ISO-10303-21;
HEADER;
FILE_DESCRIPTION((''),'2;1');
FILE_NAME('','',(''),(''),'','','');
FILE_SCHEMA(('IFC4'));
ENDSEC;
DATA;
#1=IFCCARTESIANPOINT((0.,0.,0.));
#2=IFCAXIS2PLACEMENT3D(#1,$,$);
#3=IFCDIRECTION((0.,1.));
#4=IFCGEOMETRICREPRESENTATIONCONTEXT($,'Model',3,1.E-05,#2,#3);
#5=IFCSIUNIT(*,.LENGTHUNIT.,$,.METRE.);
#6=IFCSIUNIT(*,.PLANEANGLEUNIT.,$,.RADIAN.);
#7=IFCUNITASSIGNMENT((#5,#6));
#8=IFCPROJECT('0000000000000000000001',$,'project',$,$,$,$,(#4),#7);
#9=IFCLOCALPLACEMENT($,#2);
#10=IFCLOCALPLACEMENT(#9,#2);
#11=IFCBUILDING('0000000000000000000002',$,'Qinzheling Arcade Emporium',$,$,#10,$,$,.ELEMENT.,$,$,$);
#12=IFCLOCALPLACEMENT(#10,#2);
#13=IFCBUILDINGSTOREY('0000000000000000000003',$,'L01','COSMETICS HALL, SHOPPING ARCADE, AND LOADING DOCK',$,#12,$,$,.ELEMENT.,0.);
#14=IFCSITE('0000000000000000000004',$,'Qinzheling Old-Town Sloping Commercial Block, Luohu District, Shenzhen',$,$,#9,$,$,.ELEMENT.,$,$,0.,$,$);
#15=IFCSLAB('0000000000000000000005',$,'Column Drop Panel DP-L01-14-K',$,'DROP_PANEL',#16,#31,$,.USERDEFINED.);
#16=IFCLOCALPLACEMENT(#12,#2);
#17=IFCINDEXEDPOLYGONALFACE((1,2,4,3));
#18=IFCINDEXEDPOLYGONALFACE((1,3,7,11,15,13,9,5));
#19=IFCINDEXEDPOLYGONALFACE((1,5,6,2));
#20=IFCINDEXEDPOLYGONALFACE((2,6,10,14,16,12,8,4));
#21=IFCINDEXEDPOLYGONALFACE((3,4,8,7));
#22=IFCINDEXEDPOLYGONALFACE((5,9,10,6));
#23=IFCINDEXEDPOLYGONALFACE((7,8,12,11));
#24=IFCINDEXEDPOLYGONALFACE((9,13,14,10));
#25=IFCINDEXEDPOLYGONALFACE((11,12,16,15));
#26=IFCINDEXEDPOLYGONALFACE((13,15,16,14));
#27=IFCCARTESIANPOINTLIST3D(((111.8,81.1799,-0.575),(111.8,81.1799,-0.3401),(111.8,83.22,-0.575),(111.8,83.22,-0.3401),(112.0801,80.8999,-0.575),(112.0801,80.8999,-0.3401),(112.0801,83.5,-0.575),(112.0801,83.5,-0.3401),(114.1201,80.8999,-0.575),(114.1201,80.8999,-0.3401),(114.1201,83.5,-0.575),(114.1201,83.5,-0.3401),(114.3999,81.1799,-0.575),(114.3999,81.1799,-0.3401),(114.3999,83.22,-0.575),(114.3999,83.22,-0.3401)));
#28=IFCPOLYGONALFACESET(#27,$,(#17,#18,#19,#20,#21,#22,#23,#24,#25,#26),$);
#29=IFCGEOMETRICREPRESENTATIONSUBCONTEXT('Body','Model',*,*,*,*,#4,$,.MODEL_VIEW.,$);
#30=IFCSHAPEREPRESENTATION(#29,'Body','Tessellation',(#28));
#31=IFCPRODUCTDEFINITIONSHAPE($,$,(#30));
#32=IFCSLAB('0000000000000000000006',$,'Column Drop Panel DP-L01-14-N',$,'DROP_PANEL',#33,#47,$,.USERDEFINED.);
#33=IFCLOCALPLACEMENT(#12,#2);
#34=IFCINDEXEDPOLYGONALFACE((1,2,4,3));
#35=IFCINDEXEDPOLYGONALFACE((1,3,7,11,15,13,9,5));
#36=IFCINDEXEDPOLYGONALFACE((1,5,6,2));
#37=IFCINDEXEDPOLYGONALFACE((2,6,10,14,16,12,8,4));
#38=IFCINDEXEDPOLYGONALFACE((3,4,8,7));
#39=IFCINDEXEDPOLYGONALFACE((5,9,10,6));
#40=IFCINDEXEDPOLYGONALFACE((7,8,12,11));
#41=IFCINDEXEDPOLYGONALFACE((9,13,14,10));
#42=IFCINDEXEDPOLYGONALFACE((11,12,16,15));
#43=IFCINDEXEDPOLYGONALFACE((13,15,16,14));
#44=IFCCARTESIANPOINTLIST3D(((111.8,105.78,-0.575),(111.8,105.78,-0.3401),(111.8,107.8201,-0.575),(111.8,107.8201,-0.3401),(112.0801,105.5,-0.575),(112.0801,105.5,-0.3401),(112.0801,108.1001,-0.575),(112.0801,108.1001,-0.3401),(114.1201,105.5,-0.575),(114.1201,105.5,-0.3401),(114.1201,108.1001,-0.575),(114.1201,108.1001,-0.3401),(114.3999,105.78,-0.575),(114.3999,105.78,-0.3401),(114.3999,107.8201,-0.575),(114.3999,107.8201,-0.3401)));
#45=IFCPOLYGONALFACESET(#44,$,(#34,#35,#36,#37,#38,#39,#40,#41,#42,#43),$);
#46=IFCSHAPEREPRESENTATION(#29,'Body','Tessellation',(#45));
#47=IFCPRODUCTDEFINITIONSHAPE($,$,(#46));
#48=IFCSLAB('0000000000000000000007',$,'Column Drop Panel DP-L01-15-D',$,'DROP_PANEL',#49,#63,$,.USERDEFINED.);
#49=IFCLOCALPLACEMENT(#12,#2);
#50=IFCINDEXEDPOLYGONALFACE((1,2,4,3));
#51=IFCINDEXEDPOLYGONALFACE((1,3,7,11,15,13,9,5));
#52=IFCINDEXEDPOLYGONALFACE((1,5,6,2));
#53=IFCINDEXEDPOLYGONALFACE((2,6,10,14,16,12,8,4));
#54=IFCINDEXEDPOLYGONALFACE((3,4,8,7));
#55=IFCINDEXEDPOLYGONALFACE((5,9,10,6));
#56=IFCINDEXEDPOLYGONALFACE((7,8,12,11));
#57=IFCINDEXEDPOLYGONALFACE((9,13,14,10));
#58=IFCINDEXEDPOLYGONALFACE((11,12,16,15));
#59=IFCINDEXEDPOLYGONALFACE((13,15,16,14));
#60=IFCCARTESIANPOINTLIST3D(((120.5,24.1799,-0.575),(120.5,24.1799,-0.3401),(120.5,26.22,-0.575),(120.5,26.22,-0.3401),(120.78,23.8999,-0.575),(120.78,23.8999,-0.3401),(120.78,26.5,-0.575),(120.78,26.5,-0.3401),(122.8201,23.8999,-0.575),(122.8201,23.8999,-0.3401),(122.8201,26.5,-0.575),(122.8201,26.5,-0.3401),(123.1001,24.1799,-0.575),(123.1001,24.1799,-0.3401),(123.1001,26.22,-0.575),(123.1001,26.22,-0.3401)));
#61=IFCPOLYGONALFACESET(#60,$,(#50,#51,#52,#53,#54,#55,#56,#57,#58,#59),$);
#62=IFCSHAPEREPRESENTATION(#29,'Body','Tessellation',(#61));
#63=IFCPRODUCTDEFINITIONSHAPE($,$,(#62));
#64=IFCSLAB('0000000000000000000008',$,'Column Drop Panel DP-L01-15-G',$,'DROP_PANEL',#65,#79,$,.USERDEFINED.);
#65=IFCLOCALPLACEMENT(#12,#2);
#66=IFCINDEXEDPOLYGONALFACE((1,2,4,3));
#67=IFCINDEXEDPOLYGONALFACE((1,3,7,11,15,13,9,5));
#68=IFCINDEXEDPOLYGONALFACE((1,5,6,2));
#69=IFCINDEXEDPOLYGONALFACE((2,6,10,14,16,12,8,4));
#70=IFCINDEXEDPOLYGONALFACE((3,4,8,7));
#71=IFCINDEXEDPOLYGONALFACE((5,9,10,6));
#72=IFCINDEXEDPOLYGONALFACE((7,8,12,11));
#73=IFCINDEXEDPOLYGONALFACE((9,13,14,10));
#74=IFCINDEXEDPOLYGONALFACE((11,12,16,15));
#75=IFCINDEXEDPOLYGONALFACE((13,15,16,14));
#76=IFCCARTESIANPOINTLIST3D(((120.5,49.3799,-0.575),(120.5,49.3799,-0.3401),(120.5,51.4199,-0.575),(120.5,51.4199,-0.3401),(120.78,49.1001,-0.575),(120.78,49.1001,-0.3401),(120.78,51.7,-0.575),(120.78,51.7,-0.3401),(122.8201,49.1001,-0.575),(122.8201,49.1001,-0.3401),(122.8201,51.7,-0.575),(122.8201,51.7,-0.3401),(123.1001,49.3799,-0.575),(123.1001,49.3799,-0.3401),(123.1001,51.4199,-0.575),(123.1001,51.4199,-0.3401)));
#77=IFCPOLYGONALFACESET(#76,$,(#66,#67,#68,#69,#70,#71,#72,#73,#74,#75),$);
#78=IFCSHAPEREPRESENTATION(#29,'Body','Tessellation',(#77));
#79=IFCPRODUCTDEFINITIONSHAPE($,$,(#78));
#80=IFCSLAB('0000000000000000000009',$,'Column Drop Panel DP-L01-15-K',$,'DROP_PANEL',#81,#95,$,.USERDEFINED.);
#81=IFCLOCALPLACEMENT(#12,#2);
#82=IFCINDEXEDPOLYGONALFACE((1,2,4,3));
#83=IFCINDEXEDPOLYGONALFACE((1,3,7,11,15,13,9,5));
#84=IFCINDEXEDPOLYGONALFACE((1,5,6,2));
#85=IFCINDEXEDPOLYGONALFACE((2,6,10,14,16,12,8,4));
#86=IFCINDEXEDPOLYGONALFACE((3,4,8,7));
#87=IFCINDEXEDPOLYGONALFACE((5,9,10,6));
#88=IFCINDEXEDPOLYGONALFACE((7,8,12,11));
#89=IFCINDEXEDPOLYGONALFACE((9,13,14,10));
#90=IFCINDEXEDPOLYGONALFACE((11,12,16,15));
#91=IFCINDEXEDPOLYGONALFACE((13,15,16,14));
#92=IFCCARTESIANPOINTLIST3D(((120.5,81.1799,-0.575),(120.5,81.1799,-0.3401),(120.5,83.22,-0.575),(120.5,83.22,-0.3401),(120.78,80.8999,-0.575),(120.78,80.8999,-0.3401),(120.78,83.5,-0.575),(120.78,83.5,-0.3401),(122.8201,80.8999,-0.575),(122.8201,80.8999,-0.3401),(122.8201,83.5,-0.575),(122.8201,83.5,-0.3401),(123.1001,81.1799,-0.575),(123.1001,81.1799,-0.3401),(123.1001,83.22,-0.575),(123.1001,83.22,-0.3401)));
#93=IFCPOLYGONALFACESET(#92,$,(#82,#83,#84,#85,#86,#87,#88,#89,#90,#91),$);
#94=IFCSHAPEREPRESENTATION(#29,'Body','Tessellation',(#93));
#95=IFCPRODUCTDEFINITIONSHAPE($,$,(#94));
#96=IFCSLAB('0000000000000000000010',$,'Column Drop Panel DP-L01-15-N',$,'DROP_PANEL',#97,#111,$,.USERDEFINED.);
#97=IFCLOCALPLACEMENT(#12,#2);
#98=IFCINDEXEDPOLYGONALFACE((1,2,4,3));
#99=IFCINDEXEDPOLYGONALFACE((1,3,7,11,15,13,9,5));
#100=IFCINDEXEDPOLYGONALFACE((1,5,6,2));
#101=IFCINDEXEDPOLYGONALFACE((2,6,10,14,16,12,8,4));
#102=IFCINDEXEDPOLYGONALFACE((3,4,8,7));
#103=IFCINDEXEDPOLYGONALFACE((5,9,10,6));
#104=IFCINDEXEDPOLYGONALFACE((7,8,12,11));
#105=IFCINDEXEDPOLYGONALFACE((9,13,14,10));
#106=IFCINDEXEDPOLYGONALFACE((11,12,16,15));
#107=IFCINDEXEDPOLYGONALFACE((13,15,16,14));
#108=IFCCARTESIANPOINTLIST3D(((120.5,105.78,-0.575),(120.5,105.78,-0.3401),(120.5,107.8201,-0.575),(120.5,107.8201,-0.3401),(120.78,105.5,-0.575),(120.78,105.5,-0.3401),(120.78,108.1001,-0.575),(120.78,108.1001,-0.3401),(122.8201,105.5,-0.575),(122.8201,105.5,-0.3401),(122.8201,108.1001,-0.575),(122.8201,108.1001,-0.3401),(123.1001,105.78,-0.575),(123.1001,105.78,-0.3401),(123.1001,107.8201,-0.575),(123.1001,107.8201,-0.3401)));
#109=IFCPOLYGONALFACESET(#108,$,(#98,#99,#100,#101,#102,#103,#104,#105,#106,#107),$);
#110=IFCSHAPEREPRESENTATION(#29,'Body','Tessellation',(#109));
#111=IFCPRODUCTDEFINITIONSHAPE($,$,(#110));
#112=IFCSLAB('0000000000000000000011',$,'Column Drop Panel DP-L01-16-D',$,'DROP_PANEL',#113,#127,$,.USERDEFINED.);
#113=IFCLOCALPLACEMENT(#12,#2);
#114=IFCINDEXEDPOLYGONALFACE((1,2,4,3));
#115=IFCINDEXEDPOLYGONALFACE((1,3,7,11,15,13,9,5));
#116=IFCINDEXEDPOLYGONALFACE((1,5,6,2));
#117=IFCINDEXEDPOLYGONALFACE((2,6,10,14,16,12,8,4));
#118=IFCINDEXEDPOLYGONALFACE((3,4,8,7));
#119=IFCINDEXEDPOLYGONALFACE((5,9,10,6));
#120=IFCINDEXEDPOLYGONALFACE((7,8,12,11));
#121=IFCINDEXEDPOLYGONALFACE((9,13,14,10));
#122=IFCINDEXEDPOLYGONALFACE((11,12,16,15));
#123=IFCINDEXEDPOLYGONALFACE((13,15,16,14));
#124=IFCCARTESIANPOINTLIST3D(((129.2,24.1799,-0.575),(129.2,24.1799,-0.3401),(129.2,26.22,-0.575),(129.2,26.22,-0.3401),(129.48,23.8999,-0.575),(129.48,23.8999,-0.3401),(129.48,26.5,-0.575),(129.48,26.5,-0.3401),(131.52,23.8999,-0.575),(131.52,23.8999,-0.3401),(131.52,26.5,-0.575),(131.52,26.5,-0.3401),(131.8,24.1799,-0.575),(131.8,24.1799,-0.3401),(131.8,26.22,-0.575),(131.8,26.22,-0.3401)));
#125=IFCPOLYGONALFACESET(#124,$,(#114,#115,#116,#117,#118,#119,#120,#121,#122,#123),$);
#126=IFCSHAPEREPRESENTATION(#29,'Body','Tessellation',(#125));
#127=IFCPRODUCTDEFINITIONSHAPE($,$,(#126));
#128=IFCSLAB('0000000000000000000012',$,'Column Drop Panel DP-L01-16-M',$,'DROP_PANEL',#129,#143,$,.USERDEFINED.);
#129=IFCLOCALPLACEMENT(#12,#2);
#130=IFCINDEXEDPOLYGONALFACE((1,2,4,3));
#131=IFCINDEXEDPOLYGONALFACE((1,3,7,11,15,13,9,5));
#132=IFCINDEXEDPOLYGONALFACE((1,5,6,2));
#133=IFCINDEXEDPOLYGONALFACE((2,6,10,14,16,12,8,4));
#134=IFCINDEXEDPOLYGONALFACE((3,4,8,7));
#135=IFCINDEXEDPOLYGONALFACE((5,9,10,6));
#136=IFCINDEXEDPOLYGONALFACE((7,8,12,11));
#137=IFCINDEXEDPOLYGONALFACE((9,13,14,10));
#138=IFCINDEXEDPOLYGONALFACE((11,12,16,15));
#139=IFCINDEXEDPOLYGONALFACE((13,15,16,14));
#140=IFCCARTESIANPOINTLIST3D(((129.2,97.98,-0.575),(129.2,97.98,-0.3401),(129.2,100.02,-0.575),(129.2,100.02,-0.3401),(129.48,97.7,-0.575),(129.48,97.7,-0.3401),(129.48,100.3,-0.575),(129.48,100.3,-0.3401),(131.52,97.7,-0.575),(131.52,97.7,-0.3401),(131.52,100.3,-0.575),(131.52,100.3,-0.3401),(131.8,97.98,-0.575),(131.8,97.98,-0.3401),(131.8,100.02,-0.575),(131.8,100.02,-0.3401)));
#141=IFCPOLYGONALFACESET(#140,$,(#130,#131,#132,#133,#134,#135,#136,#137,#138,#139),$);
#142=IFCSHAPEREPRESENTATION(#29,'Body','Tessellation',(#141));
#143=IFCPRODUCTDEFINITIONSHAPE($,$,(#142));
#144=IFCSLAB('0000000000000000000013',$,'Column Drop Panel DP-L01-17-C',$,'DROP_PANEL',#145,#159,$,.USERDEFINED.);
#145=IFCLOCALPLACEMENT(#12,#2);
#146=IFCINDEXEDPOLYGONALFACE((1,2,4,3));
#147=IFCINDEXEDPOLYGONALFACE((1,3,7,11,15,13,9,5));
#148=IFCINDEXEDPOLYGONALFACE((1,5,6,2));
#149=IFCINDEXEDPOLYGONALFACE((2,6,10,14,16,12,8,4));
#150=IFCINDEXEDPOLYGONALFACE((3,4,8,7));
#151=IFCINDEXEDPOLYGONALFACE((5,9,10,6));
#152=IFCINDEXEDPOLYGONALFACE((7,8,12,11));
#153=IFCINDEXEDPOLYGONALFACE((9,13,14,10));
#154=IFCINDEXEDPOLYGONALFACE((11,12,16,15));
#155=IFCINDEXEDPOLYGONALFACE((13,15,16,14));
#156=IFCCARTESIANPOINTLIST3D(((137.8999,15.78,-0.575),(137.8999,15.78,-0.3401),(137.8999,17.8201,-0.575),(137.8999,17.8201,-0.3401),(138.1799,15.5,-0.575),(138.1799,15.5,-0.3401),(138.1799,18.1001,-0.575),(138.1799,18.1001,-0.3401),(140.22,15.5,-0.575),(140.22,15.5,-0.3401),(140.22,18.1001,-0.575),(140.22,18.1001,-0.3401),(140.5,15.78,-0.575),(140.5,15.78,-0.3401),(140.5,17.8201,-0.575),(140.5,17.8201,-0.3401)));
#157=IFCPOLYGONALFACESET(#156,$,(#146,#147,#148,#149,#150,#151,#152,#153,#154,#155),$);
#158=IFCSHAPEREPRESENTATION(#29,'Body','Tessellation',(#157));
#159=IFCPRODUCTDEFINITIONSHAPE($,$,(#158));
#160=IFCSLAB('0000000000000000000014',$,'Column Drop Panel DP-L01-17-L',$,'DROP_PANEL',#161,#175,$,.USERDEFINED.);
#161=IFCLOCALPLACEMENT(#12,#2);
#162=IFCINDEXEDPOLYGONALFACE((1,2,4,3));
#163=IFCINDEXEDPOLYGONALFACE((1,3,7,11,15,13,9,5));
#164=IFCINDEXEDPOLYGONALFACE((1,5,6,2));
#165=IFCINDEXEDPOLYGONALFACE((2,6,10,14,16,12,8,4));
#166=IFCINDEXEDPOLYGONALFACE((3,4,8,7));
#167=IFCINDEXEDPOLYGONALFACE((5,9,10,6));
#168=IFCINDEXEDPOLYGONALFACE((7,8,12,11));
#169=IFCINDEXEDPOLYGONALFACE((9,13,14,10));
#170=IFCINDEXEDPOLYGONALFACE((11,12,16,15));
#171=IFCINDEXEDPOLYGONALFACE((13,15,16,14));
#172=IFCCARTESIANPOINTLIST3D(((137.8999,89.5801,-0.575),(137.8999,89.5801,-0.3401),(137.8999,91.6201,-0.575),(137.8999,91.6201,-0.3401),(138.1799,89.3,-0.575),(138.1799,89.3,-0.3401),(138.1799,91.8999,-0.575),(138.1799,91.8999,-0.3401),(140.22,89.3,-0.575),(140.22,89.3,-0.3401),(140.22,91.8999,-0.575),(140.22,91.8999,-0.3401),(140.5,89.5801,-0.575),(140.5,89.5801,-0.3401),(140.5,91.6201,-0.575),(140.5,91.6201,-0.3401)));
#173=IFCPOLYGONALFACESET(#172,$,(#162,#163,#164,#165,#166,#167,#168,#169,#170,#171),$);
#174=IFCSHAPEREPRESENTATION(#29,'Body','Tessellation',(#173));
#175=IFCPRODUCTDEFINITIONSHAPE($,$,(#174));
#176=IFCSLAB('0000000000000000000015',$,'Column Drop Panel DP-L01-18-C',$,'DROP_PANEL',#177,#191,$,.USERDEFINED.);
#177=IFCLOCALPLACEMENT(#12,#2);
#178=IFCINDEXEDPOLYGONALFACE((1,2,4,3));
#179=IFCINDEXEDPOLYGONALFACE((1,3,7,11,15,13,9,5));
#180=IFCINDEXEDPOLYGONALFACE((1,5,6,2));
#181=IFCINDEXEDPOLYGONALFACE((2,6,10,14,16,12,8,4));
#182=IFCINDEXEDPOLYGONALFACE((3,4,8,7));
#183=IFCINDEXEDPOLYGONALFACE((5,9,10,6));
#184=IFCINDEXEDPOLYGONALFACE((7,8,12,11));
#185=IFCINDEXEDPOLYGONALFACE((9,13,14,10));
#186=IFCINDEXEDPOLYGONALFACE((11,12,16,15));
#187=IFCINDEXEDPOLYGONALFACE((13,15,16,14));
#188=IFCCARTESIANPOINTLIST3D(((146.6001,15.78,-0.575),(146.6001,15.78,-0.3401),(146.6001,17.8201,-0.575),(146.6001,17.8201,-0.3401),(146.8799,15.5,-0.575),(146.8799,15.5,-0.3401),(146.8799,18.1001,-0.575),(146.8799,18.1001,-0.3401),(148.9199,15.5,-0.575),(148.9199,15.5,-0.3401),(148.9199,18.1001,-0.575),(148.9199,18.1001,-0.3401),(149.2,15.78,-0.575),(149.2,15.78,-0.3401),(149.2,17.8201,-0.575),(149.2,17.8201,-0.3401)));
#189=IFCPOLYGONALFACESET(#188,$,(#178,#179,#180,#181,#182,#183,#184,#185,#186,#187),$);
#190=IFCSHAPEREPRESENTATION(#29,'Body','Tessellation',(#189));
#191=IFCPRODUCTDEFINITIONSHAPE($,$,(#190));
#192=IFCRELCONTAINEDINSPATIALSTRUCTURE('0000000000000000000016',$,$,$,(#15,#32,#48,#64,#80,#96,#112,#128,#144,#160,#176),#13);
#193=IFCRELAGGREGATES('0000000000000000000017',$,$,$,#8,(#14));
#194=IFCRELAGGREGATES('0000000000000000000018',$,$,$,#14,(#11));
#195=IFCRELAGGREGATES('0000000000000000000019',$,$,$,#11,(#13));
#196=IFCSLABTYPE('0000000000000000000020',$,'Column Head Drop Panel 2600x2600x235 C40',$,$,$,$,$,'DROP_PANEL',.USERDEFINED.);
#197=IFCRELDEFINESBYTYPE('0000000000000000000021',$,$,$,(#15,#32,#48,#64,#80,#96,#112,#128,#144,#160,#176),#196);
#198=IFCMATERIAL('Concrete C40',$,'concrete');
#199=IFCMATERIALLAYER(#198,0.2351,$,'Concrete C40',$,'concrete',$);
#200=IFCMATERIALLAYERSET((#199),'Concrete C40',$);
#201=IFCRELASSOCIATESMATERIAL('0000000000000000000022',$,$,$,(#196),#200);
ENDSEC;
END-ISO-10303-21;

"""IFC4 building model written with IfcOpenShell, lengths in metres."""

from ifc_helpers import new_model, si_unit, direction, frame, origin, place, context, subcontext, project, spatial, polyline, outline, extrude, material, layer, layer_set, type_object, element, save


model = new_model("IFC4")

# Units and contexts
model_context = context("Model", 3, precision=1e-05, world=origin(), true_north=direction((0.0, 1.0)))
body_context = subcontext(model_context, "Body", "Model", "MODEL_VIEW")
ifc_project = project(units=[si_unit("LENGTHUNIT", "METRE"), si_unit("PLANEANGLEUNIT", "RADIAN")], contexts=[model_context])

# Site, building, storey
site_placement = place(None, origin())
site = spatial("IfcSite", under=ifc_project, at=site_placement, Name="Qinzheling Old-Town Sloping Commercial Block, Luohu District, Shenzhen", CompositionType="ELEMENT", RefElevation=0.0)
building_placement = place(site_placement, origin())
building = spatial("IfcBuilding", under=site, at=building_placement, Name="Qinzheling Arcade Emporium", CompositionType="ELEMENT")
storey_placement = place(building_placement, origin())
storey = spatial("IfcBuildingStorey", under=building, at=storey_placement, Name="L01", Description="COSMETICS HALL, SHOPPING ARCADE, AND LOADING DOCK", CompositionType="ELEMENT", Elevation=0.0)

# Slabs
ifc_material = material(Name="Concrete C40", Category="concrete")
ifc_layer_1 = layer(ifc_material, 0.2351, Name="Concrete C40", Category="concrete")
ifc_layer_set_1 = layer_set([ifc_layer_1], Name="Concrete C40")
slab_type_1 = type_object("IfcSlabType", Name="Column Head Drop Panel 2600x2600x235 C40", ElementType="DROP_PANEL", PredefinedType="USERDEFINED", material=ifc_layer_set_1)
slab_1_placement = place(storey_placement, frame((0.0, 0.0, -0.575)))
element("IfcSlab", 1, at=slab_1_placement, inside=storey, type_object=slab_type_1, Name="Column Drop Panel DP-L01-14-K", ObjectType="DROP_PANEL", PredefinedType="USERDEFINED", context=body_context, shape_type="SweptSolid", body=[
    extrude(outline(polyline([(112.0801, 80.8999), (114.1201, 80.8999), (114.3999, 81.1799), (114.3999, 83.22), (114.1201, 83.5), (112.0801, 83.5), (111.8, 83.22), (111.8, 81.1799), (112.0801, 80.8999)])), origin(), (0.0, 0.0, 1.0), 0.2349),
])
slab_2_placement = place(storey_placement, frame((0.0, 0.0, -0.575)))
element("IfcSlab", 2, at=slab_2_placement, inside=storey, type_object=slab_type_1, Name="Column Drop Panel DP-L01-14-N", ObjectType="DROP_PANEL", PredefinedType="USERDEFINED", context=body_context, shape_type="SweptSolid", body=[
    extrude(outline(polyline([(112.0801, 105.5), (114.1201, 105.5), (114.3999, 105.78), (114.3999, 107.8201), (114.1201, 108.1001), (112.0801, 108.1001), (111.8, 107.8201), (111.8, 105.78), (112.0801, 105.5)])), origin(), (0.0, 0.0, 1.0), 0.2349),
])
slab_3_placement = place(storey_placement, frame((0.0, 0.0, -0.575)))
element("IfcSlab", 3, at=slab_3_placement, inside=storey, type_object=slab_type_1, Name="Column Drop Panel DP-L01-15-D", ObjectType="DROP_PANEL", PredefinedType="USERDEFINED", context=body_context, shape_type="SweptSolid", body=[
    extrude(outline(polyline([(120.78, 23.8999), (122.8201, 23.8999), (123.1001, 24.1799), (123.1001, 26.22), (122.8201, 26.5), (120.78, 26.5), (120.5, 26.22), (120.5, 24.1799), (120.78, 23.8999)])), origin(), (0.0, 0.0, 1.0), 0.2349),
])
slab_4_placement = place(storey_placement, frame((0.0, 0.0, -0.575)))
element("IfcSlab", 4, at=slab_4_placement, inside=storey, type_object=slab_type_1, Name="Column Drop Panel DP-L01-15-G", ObjectType="DROP_PANEL", PredefinedType="USERDEFINED", context=body_context, shape_type="SweptSolid", body=[
    extrude(outline(polyline([(120.78, 49.1001), (122.8201, 49.1001), (123.1001, 49.3799), (123.1001, 51.4199), (122.8201, 51.7), (120.78, 51.7), (120.5, 51.4199), (120.5, 49.3799), (120.78, 49.1001)])), origin(), (0.0, 0.0, 1.0), 0.2349),
])
slab_5_placement = place(storey_placement, frame((0.0, 0.0, -0.575)))
element("IfcSlab", 5, at=slab_5_placement, inside=storey, type_object=slab_type_1, Name="Column Drop Panel DP-L01-15-K", ObjectType="DROP_PANEL", PredefinedType="USERDEFINED", context=body_context, shape_type="SweptSolid", body=[
    extrude(outline(polyline([(120.78, 80.8999), (122.8201, 80.8999), (123.1001, 81.1799), (123.1001, 83.22), (122.8201, 83.5), (120.78, 83.5), (120.5, 83.22), (120.5, 81.1799), (120.78, 80.8999)])), origin(), (0.0, 0.0, 1.0), 0.2349),
])
slab_6_placement = place(storey_placement, frame((0.0, 0.0, -0.575)))
element("IfcSlab", 6, at=slab_6_placement, inside=storey, type_object=slab_type_1, Name="Column Drop Panel DP-L01-15-N", ObjectType="DROP_PANEL", PredefinedType="USERDEFINED", context=body_context, shape_type="SweptSolid", body=[
    extrude(outline(polyline([(120.78, 105.5), (122.8201, 105.5), (123.1001, 105.78), (123.1001, 107.8201), (122.8201, 108.1001), (120.78, 108.1001), (120.5, 107.8201), (120.5, 105.78), (120.78, 105.5)])), origin(), (0.0, 0.0, 1.0), 0.2349),
])
slab_7_placement = place(storey_placement, frame((0.0, 0.0, -0.575)))
element("IfcSlab", 7, at=slab_7_placement, inside=storey, type_object=slab_type_1, Name="Column Drop Panel DP-L01-16-D", ObjectType="DROP_PANEL", PredefinedType="USERDEFINED", context=body_context, shape_type="SweptSolid", body=[
    extrude(outline(polyline([(129.48, 23.8999), (131.52, 23.8999), (131.8, 24.1799), (131.8, 26.22), (131.52, 26.5), (129.48, 26.5), (129.2, 26.22), (129.2, 24.1799), (129.48, 23.8999)])), origin(), (0.0, 0.0, 1.0), 0.2349),
])
slab_8_placement = place(storey_placement, frame((0.0, 0.0, -0.575)))
element("IfcSlab", 8, at=slab_8_placement, inside=storey, type_object=slab_type_1, Name="Column Drop Panel DP-L01-16-M", ObjectType="DROP_PANEL", PredefinedType="USERDEFINED", context=body_context, shape_type="SweptSolid", body=[
    extrude(outline(polyline([(129.48, 97.7), (131.52, 97.7), (131.8, 97.98), (131.8, 100.02), (131.52, 100.3), (129.48, 100.3), (129.2, 100.02), (129.2, 97.98), (129.48, 97.7)])), origin(), (0.0, 0.0, 1.0), 0.2349),
])
slab_9_placement = place(storey_placement, frame((0.0, 0.0, -0.575)))
element("IfcSlab", 9, at=slab_9_placement, inside=storey, type_object=slab_type_1, Name="Column Drop Panel DP-L01-17-C", ObjectType="DROP_PANEL", PredefinedType="USERDEFINED", context=body_context, shape_type="SweptSolid", body=[
    extrude(outline(polyline([(138.1799, 15.5), (140.22, 15.5), (140.5, 15.78), (140.5, 17.8201), (140.22, 18.1001), (138.1799, 18.1001), (137.8999, 17.8201), (137.8999, 15.78), (138.1799, 15.5)])), origin(), (0.0, 0.0, 1.0), 0.2349),
])
slab_10_placement = place(storey_placement, frame((0.0, 0.0, -0.575)))
element("IfcSlab", 10, at=slab_10_placement, inside=storey, type_object=slab_type_1, Name="Column Drop Panel DP-L01-17-L", ObjectType="DROP_PANEL", PredefinedType="USERDEFINED", context=body_context, shape_type="SweptSolid", body=[
    extrude(outline(polyline([(138.1799, 89.3), (140.22, 89.3), (140.5, 89.5801), (140.5, 91.6201), (140.22, 91.8999), (138.1799, 91.8999), (137.8999, 91.6201), (137.8999, 89.5801), (138.1799, 89.3)])), origin(), (0.0, 0.0, 1.0), 0.2349),
])
slab_11_placement = place(storey_placement, frame((0.0, 0.0, -0.575)))
element("IfcSlab", 11, at=slab_11_placement, inside=storey, type_object=slab_type_1, Name="Column Drop Panel DP-L01-18-C", ObjectType="DROP_PANEL", PredefinedType="USERDEFINED", context=body_context, shape_type="SweptSolid", body=[
    extrude(outline(polyline([(146.8799, 15.5), (148.9199, 15.5), (149.2, 15.78), (149.2, 17.8201), (148.9199, 18.1001), (146.8799, 18.1001), (146.6001, 17.8201), (146.6001, 15.78), (146.8799, 15.5)])), origin(), (0.0, 0.0, 1.0), 0.2349),
])

save(model, "model.ifc")
